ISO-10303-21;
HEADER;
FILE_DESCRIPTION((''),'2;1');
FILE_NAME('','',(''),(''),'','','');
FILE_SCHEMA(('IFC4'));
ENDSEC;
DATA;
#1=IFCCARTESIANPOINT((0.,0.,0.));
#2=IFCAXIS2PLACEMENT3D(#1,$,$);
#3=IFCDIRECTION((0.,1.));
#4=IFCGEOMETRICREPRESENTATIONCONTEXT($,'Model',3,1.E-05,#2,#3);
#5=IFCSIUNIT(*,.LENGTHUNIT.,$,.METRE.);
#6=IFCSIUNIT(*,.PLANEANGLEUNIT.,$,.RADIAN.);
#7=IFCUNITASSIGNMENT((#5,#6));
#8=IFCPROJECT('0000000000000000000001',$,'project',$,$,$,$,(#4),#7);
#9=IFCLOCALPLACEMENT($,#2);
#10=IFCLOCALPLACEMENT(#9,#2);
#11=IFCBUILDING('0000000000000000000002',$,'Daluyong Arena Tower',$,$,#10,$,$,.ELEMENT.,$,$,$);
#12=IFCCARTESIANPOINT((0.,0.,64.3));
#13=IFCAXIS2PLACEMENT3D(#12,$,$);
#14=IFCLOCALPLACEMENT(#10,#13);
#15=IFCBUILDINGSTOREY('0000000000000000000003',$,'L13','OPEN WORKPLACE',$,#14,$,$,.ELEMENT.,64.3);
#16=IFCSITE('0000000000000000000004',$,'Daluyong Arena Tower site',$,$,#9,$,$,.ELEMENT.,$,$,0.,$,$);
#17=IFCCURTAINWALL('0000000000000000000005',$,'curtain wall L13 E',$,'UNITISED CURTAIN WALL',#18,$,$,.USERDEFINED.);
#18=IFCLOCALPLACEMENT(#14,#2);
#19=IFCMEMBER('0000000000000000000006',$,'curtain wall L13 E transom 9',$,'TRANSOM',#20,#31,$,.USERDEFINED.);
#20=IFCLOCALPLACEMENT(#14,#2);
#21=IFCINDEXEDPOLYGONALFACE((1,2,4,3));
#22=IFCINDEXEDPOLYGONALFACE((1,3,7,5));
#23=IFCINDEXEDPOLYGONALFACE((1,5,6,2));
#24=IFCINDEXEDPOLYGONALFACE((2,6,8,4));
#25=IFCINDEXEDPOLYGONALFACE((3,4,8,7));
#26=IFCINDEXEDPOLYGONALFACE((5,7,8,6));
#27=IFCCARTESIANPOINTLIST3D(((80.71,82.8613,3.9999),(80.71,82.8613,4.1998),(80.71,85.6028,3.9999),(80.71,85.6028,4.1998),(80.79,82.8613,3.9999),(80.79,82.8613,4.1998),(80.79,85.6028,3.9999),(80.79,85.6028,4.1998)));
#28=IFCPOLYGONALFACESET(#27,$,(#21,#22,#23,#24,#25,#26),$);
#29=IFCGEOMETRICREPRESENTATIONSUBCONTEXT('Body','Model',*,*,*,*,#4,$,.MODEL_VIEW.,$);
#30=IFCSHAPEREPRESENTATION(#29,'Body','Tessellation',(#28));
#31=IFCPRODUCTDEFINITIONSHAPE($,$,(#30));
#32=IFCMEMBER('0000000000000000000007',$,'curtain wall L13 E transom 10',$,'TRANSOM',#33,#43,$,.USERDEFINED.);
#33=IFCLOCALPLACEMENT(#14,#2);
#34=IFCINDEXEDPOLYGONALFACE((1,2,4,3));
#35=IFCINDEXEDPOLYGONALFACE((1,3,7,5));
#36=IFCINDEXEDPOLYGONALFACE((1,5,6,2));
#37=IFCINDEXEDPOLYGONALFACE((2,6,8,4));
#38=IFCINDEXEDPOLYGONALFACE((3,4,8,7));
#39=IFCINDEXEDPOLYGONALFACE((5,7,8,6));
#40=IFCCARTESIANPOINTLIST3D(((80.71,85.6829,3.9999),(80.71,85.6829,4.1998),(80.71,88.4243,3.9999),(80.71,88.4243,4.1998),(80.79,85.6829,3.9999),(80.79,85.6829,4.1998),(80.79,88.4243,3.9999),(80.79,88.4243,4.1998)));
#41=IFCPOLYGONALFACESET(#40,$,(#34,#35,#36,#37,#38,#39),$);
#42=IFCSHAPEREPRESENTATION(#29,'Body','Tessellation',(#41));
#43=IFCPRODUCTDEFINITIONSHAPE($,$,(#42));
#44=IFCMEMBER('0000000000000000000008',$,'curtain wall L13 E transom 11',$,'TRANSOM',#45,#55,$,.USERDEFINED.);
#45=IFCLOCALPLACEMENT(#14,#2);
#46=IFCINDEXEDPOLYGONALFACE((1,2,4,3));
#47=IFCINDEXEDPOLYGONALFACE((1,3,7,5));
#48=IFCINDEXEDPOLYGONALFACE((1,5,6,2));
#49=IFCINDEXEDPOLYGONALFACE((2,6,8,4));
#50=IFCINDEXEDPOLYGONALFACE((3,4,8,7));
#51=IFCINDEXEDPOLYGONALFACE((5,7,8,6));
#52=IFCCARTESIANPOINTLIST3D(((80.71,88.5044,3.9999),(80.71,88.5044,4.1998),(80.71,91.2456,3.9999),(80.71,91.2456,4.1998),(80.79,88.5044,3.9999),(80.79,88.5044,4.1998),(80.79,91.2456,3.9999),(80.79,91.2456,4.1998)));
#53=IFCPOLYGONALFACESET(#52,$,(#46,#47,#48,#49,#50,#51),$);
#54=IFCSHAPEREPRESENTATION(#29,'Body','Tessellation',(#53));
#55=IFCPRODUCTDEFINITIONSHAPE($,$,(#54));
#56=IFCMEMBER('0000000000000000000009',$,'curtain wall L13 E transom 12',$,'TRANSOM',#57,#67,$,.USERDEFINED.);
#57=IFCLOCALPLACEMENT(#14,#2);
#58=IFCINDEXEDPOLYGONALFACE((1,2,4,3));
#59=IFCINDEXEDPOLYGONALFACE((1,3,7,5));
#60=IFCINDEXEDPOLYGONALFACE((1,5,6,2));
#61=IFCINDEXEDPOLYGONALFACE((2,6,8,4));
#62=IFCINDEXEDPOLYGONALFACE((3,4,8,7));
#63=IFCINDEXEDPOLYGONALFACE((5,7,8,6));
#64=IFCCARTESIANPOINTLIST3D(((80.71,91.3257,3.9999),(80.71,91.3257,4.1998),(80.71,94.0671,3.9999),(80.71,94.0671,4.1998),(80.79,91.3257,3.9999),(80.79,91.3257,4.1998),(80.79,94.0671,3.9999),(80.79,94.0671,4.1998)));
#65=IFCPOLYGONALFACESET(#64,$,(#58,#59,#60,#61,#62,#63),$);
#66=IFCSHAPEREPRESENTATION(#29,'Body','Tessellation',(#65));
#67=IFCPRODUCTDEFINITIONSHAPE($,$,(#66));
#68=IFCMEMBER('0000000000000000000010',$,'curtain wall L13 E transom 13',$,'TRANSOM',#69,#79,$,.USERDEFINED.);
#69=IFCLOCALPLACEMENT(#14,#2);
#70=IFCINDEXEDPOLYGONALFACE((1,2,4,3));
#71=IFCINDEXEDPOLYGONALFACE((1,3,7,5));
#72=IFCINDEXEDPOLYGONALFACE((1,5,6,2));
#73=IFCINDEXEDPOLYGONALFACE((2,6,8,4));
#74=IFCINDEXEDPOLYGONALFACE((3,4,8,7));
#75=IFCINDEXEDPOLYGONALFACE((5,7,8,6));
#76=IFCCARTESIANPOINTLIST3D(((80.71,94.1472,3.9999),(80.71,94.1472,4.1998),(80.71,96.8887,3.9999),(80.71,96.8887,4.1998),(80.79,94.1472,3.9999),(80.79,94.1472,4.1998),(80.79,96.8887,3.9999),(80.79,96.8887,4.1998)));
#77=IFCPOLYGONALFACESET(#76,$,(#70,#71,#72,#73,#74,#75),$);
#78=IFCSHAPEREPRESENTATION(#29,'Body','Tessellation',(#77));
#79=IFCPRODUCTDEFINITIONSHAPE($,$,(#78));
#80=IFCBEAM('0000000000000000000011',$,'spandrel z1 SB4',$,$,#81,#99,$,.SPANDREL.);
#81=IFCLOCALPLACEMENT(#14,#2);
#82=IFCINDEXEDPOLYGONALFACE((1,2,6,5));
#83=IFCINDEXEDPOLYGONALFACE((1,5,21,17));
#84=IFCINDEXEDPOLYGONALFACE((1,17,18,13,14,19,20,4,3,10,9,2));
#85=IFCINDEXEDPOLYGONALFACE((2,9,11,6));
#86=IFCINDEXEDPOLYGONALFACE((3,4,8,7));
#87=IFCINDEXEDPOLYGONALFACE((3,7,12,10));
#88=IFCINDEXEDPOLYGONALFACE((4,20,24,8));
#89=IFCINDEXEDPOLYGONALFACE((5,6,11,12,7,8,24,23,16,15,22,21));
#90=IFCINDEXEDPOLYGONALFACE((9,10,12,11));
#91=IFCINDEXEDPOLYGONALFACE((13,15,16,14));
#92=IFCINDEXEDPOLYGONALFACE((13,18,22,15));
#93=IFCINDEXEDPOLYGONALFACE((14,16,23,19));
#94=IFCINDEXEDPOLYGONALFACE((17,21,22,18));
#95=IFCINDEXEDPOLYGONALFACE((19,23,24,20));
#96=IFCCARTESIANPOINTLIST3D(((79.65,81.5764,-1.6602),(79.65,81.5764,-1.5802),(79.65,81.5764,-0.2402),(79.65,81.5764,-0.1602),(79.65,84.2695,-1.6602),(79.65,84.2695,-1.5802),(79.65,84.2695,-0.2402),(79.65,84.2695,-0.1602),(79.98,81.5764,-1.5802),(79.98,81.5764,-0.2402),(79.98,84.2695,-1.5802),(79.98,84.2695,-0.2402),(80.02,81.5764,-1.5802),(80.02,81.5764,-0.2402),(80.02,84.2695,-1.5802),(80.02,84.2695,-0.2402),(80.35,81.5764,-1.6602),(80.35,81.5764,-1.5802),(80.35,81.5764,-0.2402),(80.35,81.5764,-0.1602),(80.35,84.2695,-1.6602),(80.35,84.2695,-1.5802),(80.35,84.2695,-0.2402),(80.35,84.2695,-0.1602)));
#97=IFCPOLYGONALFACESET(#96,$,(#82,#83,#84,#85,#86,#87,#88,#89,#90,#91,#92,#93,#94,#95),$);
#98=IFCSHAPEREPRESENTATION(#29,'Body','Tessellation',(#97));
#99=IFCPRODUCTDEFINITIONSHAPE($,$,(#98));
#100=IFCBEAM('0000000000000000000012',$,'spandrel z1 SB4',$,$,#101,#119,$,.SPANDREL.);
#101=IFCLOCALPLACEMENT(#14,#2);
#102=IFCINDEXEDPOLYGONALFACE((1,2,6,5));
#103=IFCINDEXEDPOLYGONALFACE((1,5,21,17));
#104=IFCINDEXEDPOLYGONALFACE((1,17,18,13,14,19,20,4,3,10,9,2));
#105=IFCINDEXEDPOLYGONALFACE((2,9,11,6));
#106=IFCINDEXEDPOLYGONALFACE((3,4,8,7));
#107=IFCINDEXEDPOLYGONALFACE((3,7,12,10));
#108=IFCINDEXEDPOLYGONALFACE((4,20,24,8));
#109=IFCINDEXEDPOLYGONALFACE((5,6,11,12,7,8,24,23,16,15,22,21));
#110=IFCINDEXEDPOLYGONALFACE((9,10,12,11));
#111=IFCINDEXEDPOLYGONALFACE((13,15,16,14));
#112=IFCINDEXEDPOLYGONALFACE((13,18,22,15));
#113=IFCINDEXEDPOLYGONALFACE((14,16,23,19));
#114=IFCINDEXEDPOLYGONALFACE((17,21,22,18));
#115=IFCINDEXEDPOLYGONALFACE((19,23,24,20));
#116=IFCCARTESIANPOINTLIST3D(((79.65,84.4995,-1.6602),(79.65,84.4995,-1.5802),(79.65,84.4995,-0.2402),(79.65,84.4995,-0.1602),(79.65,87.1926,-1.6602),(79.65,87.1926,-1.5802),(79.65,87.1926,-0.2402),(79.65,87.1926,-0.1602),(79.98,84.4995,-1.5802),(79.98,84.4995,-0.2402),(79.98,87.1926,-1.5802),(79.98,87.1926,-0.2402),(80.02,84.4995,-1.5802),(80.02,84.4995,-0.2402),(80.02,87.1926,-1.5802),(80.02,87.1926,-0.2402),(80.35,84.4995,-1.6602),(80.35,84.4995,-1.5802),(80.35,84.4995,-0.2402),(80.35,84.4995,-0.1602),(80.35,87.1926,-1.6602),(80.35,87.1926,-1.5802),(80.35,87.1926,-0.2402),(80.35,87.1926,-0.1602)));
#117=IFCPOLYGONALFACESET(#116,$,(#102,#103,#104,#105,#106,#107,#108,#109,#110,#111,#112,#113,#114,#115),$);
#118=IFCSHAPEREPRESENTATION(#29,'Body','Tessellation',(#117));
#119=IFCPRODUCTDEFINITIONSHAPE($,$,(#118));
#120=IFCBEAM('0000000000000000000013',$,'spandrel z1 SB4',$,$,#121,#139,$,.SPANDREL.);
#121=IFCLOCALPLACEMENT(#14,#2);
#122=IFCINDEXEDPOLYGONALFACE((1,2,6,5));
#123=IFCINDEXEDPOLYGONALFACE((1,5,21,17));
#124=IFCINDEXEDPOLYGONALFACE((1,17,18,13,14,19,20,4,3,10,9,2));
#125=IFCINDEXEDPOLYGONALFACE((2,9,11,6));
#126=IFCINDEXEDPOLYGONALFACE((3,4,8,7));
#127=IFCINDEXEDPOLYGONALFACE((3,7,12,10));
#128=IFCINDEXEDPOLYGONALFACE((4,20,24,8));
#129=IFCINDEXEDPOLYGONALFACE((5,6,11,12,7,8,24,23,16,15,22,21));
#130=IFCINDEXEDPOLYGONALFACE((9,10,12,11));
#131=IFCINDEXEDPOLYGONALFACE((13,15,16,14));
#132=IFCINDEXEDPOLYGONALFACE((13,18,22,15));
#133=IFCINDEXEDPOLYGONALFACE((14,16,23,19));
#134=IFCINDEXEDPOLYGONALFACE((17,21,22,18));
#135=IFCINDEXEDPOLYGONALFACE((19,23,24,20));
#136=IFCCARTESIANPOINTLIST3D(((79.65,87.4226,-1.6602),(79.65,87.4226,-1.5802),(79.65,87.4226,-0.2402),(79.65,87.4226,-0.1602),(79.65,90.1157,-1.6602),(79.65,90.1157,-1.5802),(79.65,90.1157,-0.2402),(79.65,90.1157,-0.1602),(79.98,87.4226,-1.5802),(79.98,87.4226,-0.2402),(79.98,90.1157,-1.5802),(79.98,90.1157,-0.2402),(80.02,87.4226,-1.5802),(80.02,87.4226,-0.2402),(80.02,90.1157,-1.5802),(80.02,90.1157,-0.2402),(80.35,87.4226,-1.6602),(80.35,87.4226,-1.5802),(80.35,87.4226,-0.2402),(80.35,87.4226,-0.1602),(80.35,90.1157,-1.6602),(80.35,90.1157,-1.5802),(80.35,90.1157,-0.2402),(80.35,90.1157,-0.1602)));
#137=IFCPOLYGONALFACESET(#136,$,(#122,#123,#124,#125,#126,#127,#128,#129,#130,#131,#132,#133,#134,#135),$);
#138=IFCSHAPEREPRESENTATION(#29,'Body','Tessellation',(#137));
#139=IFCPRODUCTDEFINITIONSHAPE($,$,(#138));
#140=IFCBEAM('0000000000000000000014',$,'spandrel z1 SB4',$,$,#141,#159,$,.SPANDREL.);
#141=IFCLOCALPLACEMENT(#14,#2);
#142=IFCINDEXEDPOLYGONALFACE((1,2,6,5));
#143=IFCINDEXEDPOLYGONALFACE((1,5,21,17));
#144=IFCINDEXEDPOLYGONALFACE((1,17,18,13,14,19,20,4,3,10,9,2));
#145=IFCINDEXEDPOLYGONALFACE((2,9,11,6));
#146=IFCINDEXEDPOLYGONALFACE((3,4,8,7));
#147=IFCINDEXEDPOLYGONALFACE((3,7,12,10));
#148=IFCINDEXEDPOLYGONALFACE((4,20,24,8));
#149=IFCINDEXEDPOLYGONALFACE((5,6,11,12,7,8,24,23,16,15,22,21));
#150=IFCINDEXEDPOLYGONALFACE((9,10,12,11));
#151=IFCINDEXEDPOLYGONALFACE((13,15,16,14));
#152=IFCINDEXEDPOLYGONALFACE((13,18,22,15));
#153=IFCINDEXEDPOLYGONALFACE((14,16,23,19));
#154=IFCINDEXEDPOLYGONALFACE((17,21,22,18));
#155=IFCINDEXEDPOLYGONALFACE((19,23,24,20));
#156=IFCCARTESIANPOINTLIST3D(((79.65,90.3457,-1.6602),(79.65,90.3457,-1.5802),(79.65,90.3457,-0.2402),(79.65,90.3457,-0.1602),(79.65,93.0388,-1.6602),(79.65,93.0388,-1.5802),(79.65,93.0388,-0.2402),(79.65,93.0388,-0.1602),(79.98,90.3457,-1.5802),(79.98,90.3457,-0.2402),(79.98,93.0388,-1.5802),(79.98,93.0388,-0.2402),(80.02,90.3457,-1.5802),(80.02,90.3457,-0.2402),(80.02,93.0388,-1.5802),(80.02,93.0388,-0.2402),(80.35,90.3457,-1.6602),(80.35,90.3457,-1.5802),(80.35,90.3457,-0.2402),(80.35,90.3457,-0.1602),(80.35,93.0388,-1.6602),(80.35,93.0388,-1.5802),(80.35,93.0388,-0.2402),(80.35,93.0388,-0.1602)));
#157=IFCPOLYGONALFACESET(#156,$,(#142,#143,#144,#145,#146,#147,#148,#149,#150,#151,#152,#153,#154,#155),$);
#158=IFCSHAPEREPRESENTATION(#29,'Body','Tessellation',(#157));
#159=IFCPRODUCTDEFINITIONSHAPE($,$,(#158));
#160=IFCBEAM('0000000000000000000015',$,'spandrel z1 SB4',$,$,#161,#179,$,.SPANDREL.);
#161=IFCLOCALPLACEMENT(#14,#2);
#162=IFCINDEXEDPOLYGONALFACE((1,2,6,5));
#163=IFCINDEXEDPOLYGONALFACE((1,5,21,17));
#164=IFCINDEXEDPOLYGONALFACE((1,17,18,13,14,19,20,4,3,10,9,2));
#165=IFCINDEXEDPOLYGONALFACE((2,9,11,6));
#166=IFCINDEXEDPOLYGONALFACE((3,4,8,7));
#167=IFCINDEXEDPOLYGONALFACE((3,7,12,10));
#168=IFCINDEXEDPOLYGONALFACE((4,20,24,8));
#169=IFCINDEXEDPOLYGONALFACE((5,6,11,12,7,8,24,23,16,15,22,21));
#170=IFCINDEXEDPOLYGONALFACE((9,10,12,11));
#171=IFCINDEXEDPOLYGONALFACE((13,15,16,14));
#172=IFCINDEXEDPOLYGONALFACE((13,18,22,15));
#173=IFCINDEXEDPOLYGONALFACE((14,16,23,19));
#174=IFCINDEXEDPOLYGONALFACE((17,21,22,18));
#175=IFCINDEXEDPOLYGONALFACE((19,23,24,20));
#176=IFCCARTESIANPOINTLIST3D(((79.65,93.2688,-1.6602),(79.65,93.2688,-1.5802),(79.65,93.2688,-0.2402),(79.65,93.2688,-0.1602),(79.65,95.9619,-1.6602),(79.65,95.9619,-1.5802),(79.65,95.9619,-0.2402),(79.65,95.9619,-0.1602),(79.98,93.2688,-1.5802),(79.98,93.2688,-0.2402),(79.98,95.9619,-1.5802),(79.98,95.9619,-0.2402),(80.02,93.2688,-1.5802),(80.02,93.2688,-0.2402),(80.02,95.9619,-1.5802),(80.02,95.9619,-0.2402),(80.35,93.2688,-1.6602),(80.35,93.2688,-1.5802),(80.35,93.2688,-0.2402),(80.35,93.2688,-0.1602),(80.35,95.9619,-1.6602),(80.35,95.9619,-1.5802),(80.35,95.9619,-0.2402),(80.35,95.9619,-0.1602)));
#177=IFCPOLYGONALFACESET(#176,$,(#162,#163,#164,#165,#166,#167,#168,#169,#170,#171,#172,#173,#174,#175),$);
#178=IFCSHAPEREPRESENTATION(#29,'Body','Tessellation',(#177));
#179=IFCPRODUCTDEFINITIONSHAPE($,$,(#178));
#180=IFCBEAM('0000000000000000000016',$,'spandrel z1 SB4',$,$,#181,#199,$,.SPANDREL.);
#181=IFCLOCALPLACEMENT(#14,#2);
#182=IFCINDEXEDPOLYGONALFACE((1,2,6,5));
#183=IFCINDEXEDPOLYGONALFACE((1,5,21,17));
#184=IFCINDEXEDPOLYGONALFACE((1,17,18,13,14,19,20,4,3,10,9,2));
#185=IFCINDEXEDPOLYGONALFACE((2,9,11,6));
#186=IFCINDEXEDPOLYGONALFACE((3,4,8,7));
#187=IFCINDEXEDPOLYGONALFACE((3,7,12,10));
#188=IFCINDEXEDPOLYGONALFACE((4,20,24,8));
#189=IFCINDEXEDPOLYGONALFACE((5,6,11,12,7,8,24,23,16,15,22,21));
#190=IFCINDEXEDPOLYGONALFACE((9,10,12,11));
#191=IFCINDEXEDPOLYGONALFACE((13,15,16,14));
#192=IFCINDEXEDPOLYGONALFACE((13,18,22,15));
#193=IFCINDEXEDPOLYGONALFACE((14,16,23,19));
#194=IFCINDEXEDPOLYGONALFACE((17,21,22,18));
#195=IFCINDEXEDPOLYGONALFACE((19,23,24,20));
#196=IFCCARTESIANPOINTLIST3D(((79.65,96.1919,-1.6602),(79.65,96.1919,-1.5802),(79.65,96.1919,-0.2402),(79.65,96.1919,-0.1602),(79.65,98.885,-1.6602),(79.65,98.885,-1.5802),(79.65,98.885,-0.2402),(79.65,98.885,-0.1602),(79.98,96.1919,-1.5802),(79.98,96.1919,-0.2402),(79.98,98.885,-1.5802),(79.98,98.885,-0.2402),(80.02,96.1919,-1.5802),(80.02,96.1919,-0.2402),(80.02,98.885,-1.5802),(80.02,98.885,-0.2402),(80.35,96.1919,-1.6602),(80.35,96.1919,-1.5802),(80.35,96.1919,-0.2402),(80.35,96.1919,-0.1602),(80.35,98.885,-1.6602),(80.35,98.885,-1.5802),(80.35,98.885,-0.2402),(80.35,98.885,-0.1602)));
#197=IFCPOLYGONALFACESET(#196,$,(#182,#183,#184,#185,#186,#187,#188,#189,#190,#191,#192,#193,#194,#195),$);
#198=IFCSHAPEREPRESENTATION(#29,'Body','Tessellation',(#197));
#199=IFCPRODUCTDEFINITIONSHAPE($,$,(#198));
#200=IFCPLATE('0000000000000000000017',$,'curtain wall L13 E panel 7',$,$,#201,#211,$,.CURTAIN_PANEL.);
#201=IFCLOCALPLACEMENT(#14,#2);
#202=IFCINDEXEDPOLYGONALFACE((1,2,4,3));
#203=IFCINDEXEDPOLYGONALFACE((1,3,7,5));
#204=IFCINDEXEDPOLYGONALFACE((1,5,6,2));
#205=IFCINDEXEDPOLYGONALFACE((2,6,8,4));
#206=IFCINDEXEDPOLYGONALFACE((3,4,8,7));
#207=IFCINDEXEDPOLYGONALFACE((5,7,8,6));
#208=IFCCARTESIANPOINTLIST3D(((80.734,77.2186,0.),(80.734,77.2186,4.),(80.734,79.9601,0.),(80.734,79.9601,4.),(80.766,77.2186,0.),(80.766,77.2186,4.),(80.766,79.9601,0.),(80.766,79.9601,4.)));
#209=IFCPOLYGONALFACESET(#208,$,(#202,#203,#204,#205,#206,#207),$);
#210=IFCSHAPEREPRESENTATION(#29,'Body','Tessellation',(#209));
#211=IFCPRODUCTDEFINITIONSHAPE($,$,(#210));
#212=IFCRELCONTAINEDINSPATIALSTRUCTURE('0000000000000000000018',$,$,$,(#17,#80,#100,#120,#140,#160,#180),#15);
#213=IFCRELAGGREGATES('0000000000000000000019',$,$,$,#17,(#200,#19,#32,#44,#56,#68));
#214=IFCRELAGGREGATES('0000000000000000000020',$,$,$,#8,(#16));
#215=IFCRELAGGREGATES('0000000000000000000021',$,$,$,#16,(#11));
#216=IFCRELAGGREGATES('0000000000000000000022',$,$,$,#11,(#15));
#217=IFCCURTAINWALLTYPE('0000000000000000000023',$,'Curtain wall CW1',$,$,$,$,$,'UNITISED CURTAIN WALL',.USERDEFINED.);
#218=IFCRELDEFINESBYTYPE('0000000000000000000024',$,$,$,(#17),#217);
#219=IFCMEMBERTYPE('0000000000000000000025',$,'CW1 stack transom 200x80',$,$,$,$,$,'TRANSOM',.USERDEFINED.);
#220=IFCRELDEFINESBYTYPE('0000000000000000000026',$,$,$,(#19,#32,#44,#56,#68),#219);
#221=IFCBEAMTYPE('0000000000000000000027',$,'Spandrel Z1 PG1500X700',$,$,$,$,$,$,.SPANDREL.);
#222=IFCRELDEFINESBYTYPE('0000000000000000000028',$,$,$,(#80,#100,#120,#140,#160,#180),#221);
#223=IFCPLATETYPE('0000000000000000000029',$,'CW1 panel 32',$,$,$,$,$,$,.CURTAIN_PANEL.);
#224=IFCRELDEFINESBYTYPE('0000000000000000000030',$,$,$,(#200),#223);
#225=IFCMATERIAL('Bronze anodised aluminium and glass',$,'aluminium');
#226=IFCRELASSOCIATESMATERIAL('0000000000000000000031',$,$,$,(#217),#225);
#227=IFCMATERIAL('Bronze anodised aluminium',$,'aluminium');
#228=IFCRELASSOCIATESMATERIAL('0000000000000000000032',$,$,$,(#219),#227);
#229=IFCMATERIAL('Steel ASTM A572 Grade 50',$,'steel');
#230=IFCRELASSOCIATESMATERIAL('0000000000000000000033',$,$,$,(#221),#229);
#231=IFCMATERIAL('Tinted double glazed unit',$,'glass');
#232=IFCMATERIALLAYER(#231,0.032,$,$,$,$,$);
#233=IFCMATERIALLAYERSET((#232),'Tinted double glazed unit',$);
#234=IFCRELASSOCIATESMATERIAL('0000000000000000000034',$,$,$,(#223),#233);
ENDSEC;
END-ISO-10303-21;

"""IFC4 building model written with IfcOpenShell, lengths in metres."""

from ifc_helpers import new_model, si_unit, direction, frame, origin, origin_2d, place, context, subcontext, project, spatial, rectangle, i_section, extrude, material, layer, layer_set, material_profile, profile_set, type_object, element, aggregate, save


model = new_model("IFC4")

# Units and contexts
model_context = context("Model", 3, precision=1e-05, world=origin(), true_north=direction((0.0, 1.0)))
body_context = subcontext(model_context, "Body", "Model", "MODEL_VIEW")
ifc_project = project(units=[si_unit("LENGTHUNIT", "METRE"), si_unit("PLANEANGLEUNIT", "RADIAN")], contexts=[model_context])

# Site, building, storey
site_placement = place(None, origin())
site = spatial("IfcSite", under=ifc_project, at=site_placement, Name="Daluyong Arena Tower site", CompositionType="ELEMENT", RefElevation=0.0)
building_placement = place(site_placement, origin())
building = spatial("IfcBuilding", under=site, at=building_placement, Name="Daluyong Arena Tower", CompositionType="ELEMENT")
storey_placement = place(building_placement, frame((0.0, 0.0, 64.3)))
storey = spatial("IfcBuildingStorey", under=building, at=storey_placement, Name="L13", Description="OPEN WORKPLACE", CompositionType="ELEMENT", Elevation=64.3)

# Curtain wall, members
ifc_material_1 = material(Name="Bronze anodised aluminium and glass", Category="aluminium")
curtain_wall_type = type_object("IfcCurtainWallType", Name="Curtain wall CW1", ElementType="UNITISED CURTAIN WALL", PredefinedType="USERDEFINED", material=ifc_material_1)
curtain_wall_placement = place(storey_placement, origin())
curtain_wall = element("IfcCurtainWall", 1, at=curtain_wall_placement, inside=storey, type_object=curtain_wall_type, Name="curtain wall L13 E", ObjectType="UNITISED CURTAIN WALL", PredefinedType="USERDEFINED")
ifc_material_2 = material(Name="Bronze anodised aluminium", Category="aluminium")
ifc_material_profile_1 = material_profile(ifc_material_2, rectangle(XDim=0.0801, YDim=0.2, at=origin_2d()))
ifc_profile_set_1 = profile_set([ifc_material_profile_1], Name="Bronze anodised aluminium")
member_type_1 = type_object("IfcMemberType", Name="CW1 stack transom 200x80", ElementType="TRANSOM", PredefinedType="USERDEFINED", material=ifc_profile_set_1)
member_1_placement = place(storey_placement, frame((80.75, 82.8613, 4.0999), z_axis=(0.0, 1.0, 0.0), x_axis=(-1.0, 0.0, 0.0)))
member_1 = element("IfcMember", 2, at=member_1_placement, type_object=member_type_1, Name="curtain wall L13 E transom 9", ObjectType="TRANSOM", PredefinedType="USERDEFINED", context=body_context, shape_type="SweptSolid", body=[
    extrude(rectangle(XDim=0.0801, YDim=0.2, at=origin_2d()), origin(), (0.0, 0.0, 1.0), 2.7415),
])
member_2_placement = place(storey_placement, frame((80.75, 85.6829, 4.0999), z_axis=(0.0, 1.0, 0.0), x_axis=(-1.0, 0.0, 0.0)))
member_2 = element("IfcMember", 3, at=member_2_placement, type_object=member_type_1, Name="curtain wall L13 E transom 10", ObjectType="TRANSOM", PredefinedType="USERDEFINED", context=body_context, shape_type="SweptSolid", body=[
    extrude(rectangle(XDim=0.0801, YDim=0.2, at=origin_2d()), origin(), (0.0, 0.0, 1.0), 2.7415),
])
member_3_placement = place(storey_placement, frame((80.75, 88.5044, 4.0999), z_axis=(0.0, 1.0, 0.0), x_axis=(-1.0, 0.0, 0.0)))
member_3 = element("IfcMember", 4, at=member_3_placement, type_object=member_type_1, Name="curtain wall L13 E transom 11", ObjectType="TRANSOM", PredefinedType="USERDEFINED", context=body_context, shape_type="SweptSolid", body=[
    extrude(rectangle(XDim=0.0801, YDim=0.2, at=origin_2d()), origin(), (0.0, 0.0, 1.0), 2.7412),
])
member_4_placement = place(storey_placement, frame((80.75, 91.3257, 4.0999), z_axis=(0.0, 1.0, 0.0), x_axis=(-1.0, 0.0, 0.0)))
member_4 = element("IfcMember", 5, at=member_4_placement, type_object=member_type_1, Name="curtain wall L13 E transom 12", ObjectType="TRANSOM", PredefinedType="USERDEFINED", context=body_context, shape_type="SweptSolid", body=[
    extrude(rectangle(XDim=0.0801, YDim=0.2, at=origin_2d()), origin(), (0.0, 0.0, 1.0), 2.7415),
])
member_5_placement = place(storey_placement, frame((80.75, 94.1472, 4.0999), z_axis=(0.0, 1.0, 0.0), x_axis=(-1.0, 0.0, 0.0)))
member_5 = element("IfcMember", 6, at=member_5_placement, type_object=member_type_1, Name="curtain wall L13 E transom 13", ObjectType="TRANSOM", PredefinedType="USERDEFINED", context=body_context, shape_type="SweptSolid", body=[
    extrude(rectangle(XDim=0.0801, YDim=0.2, at=origin_2d()), origin(), (0.0, 0.0, 1.0), 2.7415),
])

# Beams
ifc_material_3 = material(Name="Steel ASTM A572 Grade 50", Category="steel")
ifc_material_profile_2 = material_profile(ifc_material_3, i_section(OverallWidth=0.7, OverallDepth=1.5, WebThickness=0.04, FlangeThickness=0.08, at=origin_2d()))
ifc_profile_set_2 = profile_set([ifc_material_profile_2], Name="Steel ASTM A572 Grade 50")
beam_type = type_object("IfcBeamType", Name="Spandrel Z1 PG1500X700", PredefinedType="SPANDREL", material=ifc_profile_set_2)
for number, where, z_axis, x_axis, name in (
    (7, (80.0, 81.5764, -0.9102), (0.0, 1.0, 0.0), (-1.0, 0.0, 0.0), "spandrel z1 SB4"),
    (8, (80.0, 84.4995, -0.9102), (0.0, 1.0, 0.0), (-1.0, 0.0, 0.0), "spandrel z1 SB4"),
    (9, (80.0, 87.4226, -0.9102), (0.0, 1.0, 0.0), (-1.0, 0.0, 0.0), "spandrel z1 SB4"),
    (10, (80.0, 90.3457, -0.9102), (0.0, 1.0, 0.0), (-1.0, 0.0, 0.0), "spandrel z1 SB4"),
    (11, (80.0, 93.2688, -0.9102), (0.0, 1.0, 0.0), (-1.0, 0.0, 0.0), "spandrel z1 SB4"),
    (12, (80.0, 96.1919, -0.9102), (0.0, 1.0, 0.0), (-1.0, 0.0, 0.0), "spandrel z1 SB4"),
):
    element("IfcBeam", number, at=place(storey_placement, frame(where, z_axis=z_axis, x_axis=x_axis)), inside=storey, type_object=beam_type, Name=name, PredefinedType="SPANDREL", context=body_context, shape_type="SweptSolid", body=[
        extrude(i_section(OverallWidth=0.7, OverallDepth=1.5, WebThickness=0.04, FlangeThickness=0.08, at=origin_2d()), origin(), (0.0, 0.0, 1.0), 2.6931),
    ])

# Plate
ifc_material_4 = material(Name="Tinted double glazed unit", Category="glass")
ifc_layer = layer(ifc_material_4, 0.032)
ifc_layer_set = layer_set([ifc_layer], Name="Tinted double glazed unit")
plate_type = type_object("IfcPlateType", Name="CW1 panel 32", PredefinedType="CURTAIN_PANEL", material=ifc_layer_set)
plate_1_placement = place(storey_placement, frame((80.75, 78.5894, 0.0), z_axis=(0.0, 0.0, 1.0), x_axis=(0.0, 1.0, 0.0)))
plate_1 = element("IfcPlate", 13, at=plate_1_placement, type_object=plate_type, Name="curtain wall L13 E panel 7", PredefinedType="CURTAIN_PANEL", context=body_context, shape_type="SweptSolid", body=[
    extrude(rectangle(XDim=2.7415, YDim=0.032, at=origin_2d()), origin(), (0.0, 0.0, 1.0), 4.0),
])
aggregate(curtain_wall, [plate_1, member_1, member_2, member_3, member_4, member_5])

save(model, "model.ifc")
